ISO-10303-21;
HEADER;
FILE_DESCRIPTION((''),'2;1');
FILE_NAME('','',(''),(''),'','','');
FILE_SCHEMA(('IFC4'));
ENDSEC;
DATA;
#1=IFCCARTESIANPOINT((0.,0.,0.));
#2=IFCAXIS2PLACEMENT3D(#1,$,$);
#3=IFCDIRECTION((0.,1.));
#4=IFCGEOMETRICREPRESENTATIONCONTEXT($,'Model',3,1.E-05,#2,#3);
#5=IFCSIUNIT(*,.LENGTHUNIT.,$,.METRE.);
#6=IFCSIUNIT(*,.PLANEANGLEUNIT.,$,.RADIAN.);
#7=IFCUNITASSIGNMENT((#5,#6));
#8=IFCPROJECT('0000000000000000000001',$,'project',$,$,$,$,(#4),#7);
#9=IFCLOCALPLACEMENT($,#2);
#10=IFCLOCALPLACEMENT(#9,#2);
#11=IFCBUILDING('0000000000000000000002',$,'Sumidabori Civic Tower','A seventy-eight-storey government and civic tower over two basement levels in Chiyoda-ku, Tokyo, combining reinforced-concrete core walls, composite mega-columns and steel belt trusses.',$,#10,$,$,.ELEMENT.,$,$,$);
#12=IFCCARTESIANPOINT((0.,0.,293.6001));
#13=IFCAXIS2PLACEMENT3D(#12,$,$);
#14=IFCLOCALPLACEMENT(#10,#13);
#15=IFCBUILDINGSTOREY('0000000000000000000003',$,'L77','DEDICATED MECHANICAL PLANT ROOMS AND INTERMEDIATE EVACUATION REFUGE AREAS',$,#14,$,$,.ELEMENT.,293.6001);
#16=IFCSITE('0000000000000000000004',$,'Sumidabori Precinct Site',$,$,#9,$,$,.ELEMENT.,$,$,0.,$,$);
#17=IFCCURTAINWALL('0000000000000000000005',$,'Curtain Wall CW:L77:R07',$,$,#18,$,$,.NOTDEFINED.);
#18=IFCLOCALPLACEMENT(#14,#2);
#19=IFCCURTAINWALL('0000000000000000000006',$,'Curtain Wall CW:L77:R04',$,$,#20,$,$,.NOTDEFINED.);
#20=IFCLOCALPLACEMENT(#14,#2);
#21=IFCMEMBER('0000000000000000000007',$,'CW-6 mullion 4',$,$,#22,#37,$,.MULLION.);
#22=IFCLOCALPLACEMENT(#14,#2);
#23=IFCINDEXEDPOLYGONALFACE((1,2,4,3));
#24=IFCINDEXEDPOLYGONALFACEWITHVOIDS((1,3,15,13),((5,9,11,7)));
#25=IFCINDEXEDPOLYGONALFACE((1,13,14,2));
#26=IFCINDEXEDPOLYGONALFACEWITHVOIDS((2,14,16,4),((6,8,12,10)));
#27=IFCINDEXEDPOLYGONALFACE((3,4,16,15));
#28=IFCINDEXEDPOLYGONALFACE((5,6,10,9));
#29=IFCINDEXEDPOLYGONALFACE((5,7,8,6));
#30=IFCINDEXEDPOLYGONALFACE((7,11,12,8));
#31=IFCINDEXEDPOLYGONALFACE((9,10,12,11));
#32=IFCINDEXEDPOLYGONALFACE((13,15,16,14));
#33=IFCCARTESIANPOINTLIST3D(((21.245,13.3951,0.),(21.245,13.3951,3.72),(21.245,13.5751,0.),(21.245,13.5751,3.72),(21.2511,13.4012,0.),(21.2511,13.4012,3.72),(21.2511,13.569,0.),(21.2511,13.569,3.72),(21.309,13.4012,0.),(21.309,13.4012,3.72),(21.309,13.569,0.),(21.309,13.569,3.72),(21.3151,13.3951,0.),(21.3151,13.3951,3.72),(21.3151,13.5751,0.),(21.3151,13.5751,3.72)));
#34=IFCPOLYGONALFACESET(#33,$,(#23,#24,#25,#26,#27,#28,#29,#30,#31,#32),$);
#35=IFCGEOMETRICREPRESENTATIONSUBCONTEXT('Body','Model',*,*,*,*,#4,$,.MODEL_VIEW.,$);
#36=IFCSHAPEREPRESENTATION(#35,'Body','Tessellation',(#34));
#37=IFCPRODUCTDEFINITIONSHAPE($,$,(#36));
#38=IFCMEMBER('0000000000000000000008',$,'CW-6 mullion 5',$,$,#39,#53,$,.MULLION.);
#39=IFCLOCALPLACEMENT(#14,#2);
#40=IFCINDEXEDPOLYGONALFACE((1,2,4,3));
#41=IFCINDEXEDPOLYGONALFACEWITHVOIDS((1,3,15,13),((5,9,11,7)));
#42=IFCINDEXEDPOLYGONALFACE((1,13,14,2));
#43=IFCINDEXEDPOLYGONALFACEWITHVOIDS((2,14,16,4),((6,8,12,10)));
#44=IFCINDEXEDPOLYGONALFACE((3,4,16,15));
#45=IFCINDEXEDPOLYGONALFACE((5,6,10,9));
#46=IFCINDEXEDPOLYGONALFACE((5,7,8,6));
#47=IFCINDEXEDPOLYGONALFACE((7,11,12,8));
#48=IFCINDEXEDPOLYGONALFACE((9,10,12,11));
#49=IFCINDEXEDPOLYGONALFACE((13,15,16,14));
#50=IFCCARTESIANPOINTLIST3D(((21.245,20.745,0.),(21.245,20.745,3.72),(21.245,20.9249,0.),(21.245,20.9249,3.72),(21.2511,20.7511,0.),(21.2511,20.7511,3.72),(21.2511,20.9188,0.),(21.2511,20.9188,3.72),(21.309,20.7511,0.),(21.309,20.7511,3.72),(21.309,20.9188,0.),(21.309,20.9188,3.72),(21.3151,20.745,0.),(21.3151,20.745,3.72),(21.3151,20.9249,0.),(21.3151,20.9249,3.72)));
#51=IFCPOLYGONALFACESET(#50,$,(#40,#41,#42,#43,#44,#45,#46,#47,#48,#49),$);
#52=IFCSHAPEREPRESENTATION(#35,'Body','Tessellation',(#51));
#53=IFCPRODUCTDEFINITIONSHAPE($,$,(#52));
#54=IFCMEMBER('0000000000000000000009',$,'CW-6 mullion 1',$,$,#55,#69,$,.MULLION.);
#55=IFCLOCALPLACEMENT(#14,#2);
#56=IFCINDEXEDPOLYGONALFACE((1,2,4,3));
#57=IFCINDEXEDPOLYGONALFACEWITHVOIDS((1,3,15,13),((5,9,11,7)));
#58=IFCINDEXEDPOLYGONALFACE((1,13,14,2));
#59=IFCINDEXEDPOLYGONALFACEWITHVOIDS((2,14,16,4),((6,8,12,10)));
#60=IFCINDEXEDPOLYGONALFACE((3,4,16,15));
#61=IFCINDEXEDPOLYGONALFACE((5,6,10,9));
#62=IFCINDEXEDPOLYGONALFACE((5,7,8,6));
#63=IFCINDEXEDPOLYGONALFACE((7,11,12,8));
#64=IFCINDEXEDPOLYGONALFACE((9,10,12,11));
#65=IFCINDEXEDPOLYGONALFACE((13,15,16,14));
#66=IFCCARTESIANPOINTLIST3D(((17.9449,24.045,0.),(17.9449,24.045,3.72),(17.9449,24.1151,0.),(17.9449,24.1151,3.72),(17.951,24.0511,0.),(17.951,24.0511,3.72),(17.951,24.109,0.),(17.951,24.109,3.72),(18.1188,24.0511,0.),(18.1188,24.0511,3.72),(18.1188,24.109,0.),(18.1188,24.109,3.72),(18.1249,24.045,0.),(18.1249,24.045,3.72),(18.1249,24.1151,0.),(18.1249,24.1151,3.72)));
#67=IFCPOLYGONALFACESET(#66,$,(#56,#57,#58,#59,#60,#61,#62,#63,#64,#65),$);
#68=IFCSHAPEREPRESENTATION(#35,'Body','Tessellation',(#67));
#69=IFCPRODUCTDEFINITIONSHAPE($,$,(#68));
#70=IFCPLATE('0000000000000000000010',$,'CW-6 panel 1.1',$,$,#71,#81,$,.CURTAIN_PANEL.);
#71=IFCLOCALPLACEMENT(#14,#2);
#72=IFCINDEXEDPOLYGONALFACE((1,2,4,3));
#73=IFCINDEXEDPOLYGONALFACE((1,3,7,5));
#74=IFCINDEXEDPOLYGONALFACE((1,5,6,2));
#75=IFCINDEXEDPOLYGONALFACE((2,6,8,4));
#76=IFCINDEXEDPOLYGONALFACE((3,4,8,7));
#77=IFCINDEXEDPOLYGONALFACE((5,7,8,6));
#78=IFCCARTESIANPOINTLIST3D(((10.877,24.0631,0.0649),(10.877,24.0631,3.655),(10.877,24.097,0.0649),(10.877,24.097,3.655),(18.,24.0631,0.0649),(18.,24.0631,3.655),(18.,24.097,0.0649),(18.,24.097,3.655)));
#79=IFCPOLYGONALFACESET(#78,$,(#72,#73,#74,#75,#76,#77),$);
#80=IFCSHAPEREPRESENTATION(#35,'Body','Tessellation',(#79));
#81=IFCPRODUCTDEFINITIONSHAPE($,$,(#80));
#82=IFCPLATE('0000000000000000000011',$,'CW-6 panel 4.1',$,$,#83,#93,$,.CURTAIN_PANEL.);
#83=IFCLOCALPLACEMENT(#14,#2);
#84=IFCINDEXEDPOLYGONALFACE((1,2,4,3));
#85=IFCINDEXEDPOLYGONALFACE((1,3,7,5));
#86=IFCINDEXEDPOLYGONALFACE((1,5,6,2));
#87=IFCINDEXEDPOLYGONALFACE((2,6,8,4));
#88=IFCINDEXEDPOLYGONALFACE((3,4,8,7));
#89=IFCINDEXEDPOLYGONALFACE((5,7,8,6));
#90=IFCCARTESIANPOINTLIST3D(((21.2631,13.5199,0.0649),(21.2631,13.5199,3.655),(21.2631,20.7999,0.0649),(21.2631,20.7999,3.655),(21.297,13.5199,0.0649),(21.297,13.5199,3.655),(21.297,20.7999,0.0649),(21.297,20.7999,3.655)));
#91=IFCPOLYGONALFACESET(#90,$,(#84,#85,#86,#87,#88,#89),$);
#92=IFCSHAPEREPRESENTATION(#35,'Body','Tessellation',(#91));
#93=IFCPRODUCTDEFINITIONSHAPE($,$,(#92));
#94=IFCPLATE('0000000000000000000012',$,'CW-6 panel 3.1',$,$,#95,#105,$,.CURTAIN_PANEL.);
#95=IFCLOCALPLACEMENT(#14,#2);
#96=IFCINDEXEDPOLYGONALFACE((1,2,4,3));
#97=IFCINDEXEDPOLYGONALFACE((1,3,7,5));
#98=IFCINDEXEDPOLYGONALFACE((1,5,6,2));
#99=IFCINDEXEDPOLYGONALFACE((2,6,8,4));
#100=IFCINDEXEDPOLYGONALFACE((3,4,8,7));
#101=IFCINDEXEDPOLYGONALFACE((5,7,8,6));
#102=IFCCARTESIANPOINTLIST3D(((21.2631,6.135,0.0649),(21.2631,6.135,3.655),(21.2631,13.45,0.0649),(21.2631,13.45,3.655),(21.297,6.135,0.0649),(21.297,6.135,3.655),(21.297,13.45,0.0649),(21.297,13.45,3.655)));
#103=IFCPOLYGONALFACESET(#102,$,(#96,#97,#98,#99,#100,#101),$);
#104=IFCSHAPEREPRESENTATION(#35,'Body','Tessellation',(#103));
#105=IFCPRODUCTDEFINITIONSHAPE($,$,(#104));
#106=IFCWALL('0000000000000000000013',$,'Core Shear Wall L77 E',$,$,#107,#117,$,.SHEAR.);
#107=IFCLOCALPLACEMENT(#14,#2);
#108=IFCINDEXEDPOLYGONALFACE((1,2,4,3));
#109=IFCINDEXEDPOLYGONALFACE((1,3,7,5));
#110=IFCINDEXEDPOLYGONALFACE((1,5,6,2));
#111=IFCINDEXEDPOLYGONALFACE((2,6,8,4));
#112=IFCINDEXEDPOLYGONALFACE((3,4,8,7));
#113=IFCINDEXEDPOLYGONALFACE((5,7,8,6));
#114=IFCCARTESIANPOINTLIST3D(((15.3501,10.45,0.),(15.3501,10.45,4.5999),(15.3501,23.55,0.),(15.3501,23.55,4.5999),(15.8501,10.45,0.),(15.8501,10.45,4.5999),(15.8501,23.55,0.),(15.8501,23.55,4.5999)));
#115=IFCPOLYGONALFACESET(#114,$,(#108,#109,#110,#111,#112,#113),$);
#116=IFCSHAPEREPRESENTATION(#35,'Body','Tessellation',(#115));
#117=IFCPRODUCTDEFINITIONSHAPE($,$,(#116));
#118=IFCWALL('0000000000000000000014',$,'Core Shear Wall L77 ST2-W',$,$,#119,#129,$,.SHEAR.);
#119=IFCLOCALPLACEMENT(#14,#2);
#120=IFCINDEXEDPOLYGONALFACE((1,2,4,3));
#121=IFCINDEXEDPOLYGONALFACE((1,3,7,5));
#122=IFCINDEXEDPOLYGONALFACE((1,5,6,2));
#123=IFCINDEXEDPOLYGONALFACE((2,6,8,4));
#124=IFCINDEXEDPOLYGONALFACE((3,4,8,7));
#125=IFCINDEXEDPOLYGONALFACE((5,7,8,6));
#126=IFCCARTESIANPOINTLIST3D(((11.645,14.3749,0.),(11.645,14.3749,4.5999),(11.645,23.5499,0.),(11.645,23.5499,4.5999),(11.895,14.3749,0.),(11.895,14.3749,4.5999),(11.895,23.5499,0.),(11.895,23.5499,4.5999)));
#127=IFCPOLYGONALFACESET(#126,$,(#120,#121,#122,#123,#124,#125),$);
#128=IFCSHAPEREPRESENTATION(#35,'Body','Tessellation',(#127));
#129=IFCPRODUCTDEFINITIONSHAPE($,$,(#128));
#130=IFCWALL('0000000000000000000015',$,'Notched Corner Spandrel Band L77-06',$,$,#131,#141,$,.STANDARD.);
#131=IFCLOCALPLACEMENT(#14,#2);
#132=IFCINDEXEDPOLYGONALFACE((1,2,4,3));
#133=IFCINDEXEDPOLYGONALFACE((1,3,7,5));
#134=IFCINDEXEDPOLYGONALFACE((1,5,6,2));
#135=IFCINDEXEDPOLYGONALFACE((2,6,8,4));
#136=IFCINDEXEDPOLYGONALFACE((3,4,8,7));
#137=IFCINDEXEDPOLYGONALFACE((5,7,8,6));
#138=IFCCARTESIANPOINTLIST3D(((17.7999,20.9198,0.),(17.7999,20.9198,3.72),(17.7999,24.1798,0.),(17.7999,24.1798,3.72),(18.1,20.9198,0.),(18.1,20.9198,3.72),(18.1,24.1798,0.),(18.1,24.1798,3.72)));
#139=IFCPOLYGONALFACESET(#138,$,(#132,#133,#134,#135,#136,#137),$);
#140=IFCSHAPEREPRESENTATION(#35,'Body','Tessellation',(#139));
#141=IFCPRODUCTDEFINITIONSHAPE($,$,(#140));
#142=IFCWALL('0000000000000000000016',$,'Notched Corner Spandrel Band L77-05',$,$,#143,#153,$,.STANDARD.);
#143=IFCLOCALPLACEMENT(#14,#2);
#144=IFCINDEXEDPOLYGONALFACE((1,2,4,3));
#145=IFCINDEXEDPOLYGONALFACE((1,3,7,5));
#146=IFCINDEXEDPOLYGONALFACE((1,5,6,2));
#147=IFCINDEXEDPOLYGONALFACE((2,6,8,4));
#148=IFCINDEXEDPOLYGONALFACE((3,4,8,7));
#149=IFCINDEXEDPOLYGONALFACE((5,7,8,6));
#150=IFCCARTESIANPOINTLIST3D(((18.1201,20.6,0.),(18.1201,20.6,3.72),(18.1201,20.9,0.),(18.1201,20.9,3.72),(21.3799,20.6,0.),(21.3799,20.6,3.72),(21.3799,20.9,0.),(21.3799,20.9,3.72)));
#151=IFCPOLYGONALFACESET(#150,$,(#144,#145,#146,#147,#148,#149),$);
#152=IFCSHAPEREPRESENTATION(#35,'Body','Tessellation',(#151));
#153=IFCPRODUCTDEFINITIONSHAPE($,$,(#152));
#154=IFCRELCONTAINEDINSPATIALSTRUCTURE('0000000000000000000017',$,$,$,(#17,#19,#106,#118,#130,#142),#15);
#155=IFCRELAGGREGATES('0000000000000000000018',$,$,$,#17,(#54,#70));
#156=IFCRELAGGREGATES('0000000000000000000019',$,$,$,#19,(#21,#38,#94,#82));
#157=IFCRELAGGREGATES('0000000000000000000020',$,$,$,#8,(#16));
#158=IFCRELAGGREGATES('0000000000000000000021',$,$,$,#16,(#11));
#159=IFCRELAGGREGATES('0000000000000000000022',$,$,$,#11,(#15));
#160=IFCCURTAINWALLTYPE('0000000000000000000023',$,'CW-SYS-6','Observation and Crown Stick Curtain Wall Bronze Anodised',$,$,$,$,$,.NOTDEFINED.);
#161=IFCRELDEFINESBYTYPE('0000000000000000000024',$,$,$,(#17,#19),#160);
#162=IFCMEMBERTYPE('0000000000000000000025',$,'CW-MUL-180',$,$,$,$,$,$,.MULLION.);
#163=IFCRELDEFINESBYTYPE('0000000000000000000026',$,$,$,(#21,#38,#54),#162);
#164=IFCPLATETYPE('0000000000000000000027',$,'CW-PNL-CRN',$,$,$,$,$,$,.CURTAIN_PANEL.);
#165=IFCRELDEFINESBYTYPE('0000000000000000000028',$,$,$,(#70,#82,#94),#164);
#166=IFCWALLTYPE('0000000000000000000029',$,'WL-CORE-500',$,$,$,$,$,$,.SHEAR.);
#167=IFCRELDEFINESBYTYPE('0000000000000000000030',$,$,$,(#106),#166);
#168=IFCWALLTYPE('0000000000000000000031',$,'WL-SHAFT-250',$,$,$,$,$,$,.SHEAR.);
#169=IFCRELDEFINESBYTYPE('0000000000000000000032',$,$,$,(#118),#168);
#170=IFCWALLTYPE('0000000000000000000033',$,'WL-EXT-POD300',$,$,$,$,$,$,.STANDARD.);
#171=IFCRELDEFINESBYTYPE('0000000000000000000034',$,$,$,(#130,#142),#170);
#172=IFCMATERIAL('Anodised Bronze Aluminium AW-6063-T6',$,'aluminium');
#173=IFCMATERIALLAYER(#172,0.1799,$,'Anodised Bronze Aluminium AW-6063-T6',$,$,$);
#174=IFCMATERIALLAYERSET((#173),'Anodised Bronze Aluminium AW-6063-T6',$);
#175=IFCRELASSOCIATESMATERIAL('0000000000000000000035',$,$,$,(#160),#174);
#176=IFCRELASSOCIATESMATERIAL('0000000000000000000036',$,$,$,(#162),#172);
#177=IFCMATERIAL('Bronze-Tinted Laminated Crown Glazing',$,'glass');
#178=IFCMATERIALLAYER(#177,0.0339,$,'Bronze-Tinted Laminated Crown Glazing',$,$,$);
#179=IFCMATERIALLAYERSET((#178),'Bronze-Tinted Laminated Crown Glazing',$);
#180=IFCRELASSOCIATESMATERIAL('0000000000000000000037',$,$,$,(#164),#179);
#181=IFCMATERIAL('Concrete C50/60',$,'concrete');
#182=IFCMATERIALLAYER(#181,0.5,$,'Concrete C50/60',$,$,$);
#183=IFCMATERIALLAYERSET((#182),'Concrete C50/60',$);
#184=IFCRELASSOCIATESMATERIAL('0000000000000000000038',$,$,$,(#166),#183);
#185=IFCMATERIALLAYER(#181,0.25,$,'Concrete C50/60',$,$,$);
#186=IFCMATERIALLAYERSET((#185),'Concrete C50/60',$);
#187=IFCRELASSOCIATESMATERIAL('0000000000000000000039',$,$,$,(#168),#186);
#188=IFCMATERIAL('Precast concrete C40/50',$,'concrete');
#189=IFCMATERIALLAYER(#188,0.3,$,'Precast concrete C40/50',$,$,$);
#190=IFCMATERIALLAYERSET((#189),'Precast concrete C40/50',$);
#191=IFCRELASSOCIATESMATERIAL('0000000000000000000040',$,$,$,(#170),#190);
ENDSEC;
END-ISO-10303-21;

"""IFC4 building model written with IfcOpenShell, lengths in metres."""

from ifc_helpers import new_model, si_unit, direction, frame, frame_2d, origin, origin_2d, place, context, subcontext, project, spatial, rectangle, hollow_rectangle, extrude, source, transform, mapped, material, layer, layer_set, material_profile, profile_set, type_object, element, aggregate, save


model = new_model("IFC4")

# Units and contexts
model_context = context("Model", 3, precision=1e-05, world=origin(), true_north=direction((0.0, 1.0)))
body_context = subcontext(model_context, "Body", "Model", "MODEL_VIEW")
ifc_project = project(units=[si_unit("LENGTHUNIT", "METRE"), si_unit("PLANEANGLEUNIT", "RADIAN")], contexts=[model_context])

# Site, building, storey
site_placement = place(None, origin())
site = spatial("IfcSite", under=ifc_project, at=site_placement, Name="Sumidabori Precinct Site", CompositionType="ELEMENT", RefElevation=0.0)
building_placement = place(site_placement, origin())
building = spatial("IfcBuilding", under=site, at=building_placement, Name="Sumidabori Civic Tower", Description="A seventy-eight-storey government and civic tower over two basement levels in Chiyoda-ku, Tokyo, combining reinforced-concrete core walls, composite mega-columns and steel belt trusses.", CompositionType="ELEMENT")
storey_placement = place(building_placement, frame((0.0, 0.0, 293.6001)))
storey = spatial("IfcBuildingStorey", under=building, at=storey_placement, Name="L77", Description="DEDICATED MECHANICAL PLANT ROOMS AND INTERMEDIATE EVACUATION REFUGE AREAS", CompositionType="ELEMENT", Elevation=293.6001)

# Shared definitions
ifc_material_1 = material(Name="Concrete C50/60", Category="concrete")

# Curtain walls, members
ifc_material_2 = material(Name="Anodised Bronze Aluminium AW-6063-T6", Category="aluminium")
ifc_layer_1 = layer(ifc_material_2, 0.1799, Name="Anodised Bronze Aluminium AW-6063-T6")
ifc_layer_set_1 = layer_set([ifc_layer_1], Name="Anodised Bronze Aluminium AW-6063-T6")
curtain_wall_type = type_object("IfcCurtainWallType", Name="CW-SYS-6", Description="Observation and Crown Stick Curtain Wall Bronze Anodised", PredefinedType="NOTDEFINED", material=ifc_layer_set_1)
curtain_wall_1_placement = place(storey_placement, origin())
curtain_wall_1 = element("IfcCurtainWall", 1, at=curtain_wall_1_placement, inside=storey, type_object=curtain_wall_type, Name="Curtain Wall CW:L77:R07", PredefinedType="NOTDEFINED")
curtain_wall_2_placement = place(storey_placement, origin())
curtain_wall_2 = element("IfcCurtainWall", 2, at=curtain_wall_2_placement, inside=storey, type_object=curtain_wall_type, Name="Curtain Wall CW:L77:R04", PredefinedType="NOTDEFINED")
ifc_material_profile_1 = material_profile(ifc_material_2, hollow_rectangle(XDim=0.0701, YDim=0.1799, WallThickness=0.0061, at=origin_2d()), Name="ALU MULLION 180x70")
ifc_profile_set_1 = profile_set([ifc_material_profile_1], Name="Anodised Bronze Aluminium AW-6063-T6")
member_type_1 = type_object("IfcMemberType", Name="CW-MUL-180", PredefinedType="MULLION", material=ifc_profile_set_1)
shared_shape_1 = source(origin(), body_context, "Body", "SweptSolid", [
    extrude(hollow_rectangle(XDim=0.0701, YDim=0.1799, WallThickness=0.0061, at=origin_2d()), origin(), (0.0, 0.0, 1.0), 3.72),
])
member_1_placement = place(storey_placement, frame((21.28, 13.4851, 0.0), z_axis=(0.0, 0.0, 1.0), x_axis=(-1.0, 0.0, 0.0)))
member_1 = element("IfcMember", 3, at=member_1_placement, type_object=member_type_1, Name="CW-6 mullion 4", PredefinedType="MULLION", context=body_context, shape_type="MappedRepresentation", body=[
    mapped(shared_shape_1, transform((0.0, 0.0, 0.0), x_axis=(1.0, 0.0, 0.0), y_axis=(0.0, 1.0, 0.0), z_axis=(0.0, 0.0, 1.0), scale=1.0)),
])
member_2_placement = place(storey_placement, frame((21.28, 20.835, 0.0), z_axis=(0.0, 0.0, 1.0), x_axis=(-1.0, 0.0, 0.0)))
member_2 = element("IfcMember", 4, at=member_2_placement, type_object=member_type_1, Name="CW-6 mullion 5", PredefinedType="MULLION", context=body_context, shape_type="MappedRepresentation", body=[
    mapped(shared_shape_1, transform((0.0, 0.0, 0.0), x_axis=(1.0, 0.0, 0.0), y_axis=(0.0, 1.0, 0.0), z_axis=(0.0, 0.0, 1.0), scale=1.0)),
])

# Member
member_3_placement = place(storey_placement, frame((18.0349, 24.0801, 0.0), z_axis=(0.0, 0.0, 1.0), x_axis=(0.0, -1.0, 0.0)))
member_3 = element("IfcMember", 5, at=member_3_placement, type_object=member_type_1, Name="CW-6 mullion 1", PredefinedType="MULLION", context=body_context, shape_type="MappedRepresentation", body=[
    mapped(shared_shape_1, transform((0.0, 0.0, 0.0), x_axis=(1.0, 0.0, 0.0), y_axis=(0.0, 1.0, 0.0), z_axis=(0.0, 0.0, 1.0), scale=1.0)),
])

# Plates
ifc_material_3 = material(Name="Bronze-Tinted Laminated Crown Glazing", Category="glass")
ifc_layer_2 = layer(ifc_material_3, 0.0339, Name="Bronze-Tinted Laminated Crown Glazing")
ifc_layer_set_2 = layer_set([ifc_layer_2], Name="Bronze-Tinted Laminated Crown Glazing")
plate_type = type_object("IfcPlateType", Name="CW-PNL-CRN", PredefinedType="CURTAIN_PANEL", material=ifc_layer_set_2)
shared_shape_2 = source(origin(), body_context, "Body", "SweptSolid", [
    extrude(rectangle(XDim=7.123, YDim=0.0339, at=origin_2d()), origin(), (0.0, 0.0, 1.0), 3.5901),
])
plate_1_placement = place(storey_placement, frame((14.4385, 24.0801, 0.0649), z_axis=(0.0, 0.0, 1.0), x_axis=(-1.0, 0.0, 0.0)))
plate_1 = element("IfcPlate", 6, at=plate_1_placement, type_object=plate_type, Name="CW-6 panel 1.1", PredefinedType="CURTAIN_PANEL", context=body_context, shape_type="MappedRepresentation", body=[
    mapped(shared_shape_2, transform((0.0, 0.0, 0.0), x_axis=(1.0, 0.0, 0.0), y_axis=(0.0, 1.0, 0.0), z_axis=(0.0, 0.0, 1.0), scale=1.0)),
])
aggregate(curtain_wall_1, [member_3, plate_1])
shared_shape_3 = source(origin(), body_context, "Body", "SweptSolid", [
    extrude(rectangle(XDim=7.28, YDim=0.0339, at=origin_2d()), origin(), (0.0, 0.0, 1.0), 3.5901),
])
plate_2_placement = place(storey_placement, frame((21.28, 17.1599, 0.0649), z_axis=(0.0, 0.0, 1.0), x_axis=(0.0, 1.0, 0.0)))
plate_2 = element("IfcPlate", 7, at=plate_2_placement, type_object=plate_type, Name="CW-6 panel 4.1", PredefinedType="CURTAIN_PANEL", context=body_context, shape_type="MappedRepresentation", body=[
    mapped(shared_shape_3, transform((0.0, 0.0, 0.0), x_axis=(1.0, 0.0, 0.0), y_axis=(0.0, 1.0, 0.0), z_axis=(0.0, 0.0, 1.0), scale=1.0)),
])
shared_shape_4 = source(origin(), body_context, "Body", "SweptSolid", [
    extrude(rectangle(XDim=7.3149, YDim=0.0339, at=origin_2d()), origin(), (0.0, 0.0, 1.0), 3.5901),
])
plate_3_placement = place(storey_placement, frame((21.28, 9.7925, 0.0649), z_axis=(0.0, 0.0, 1.0), x_axis=(0.0, 1.0, 0.0)))
plate_3 = element("IfcPlate", 8, at=plate_3_placement, type_object=plate_type, Name="CW-6 panel 3.1", PredefinedType="CURTAIN_PANEL", context=body_context, shape_type="MappedRepresentation", body=[
    mapped(shared_shape_4, transform((0.0, 0.0, 0.0), x_axis=(1.0, 0.0, 0.0), y_axis=(0.0, 1.0, 0.0), z_axis=(0.0, 0.0, 1.0), scale=1.0)),
])
aggregate(curtain_wall_2, [member_1, member_2, plate_3, plate_2])

# Walls
ifc_layer_3 = layer(ifc_material_1, 0.5, Name="Concrete C50/60")
ifc_layer_set_3 = layer_set([ifc_layer_3], Name="Concrete C50/60")
wall_type_1 = type_object("IfcWallType", Name="WL-CORE-500", PredefinedType="SHEAR", material=ifc_layer_set_3)
shared_shape_5 = source(origin(), body_context, "Body", "SweptSolid", [
    extrude(rectangle(XDim=13.1001, YDim=0.5, at=frame_2d((6.55, 0.0))), origin(), (0.0, 0.0, 1.0), 4.5999),
])
wall_1_placement = place(storey_placement, frame((15.6001, 10.45, 0.0), z_axis=(0.0, 0.0, 1.0), x_axis=(0.0, 1.0, 0.0)))
element("IfcWall", 9, at=wall_1_placement, inside=storey, type_object=wall_type_1, Name="Core Shear Wall L77 E", PredefinedType="SHEAR", context=body_context, shape_type="MappedRepresentation", body=[
    mapped(shared_shape_5, transform((0.0, 0.0, 0.0), x_axis=(1.0, 0.0, 0.0), y_axis=(0.0, 1.0, 0.0), z_axis=(0.0, 0.0, 1.0), scale=1.0)),
])
ifc_layer_4 = layer(ifc_material_1, 0.25, Name="Concrete C50/60")
ifc_layer_set_4 = layer_set([ifc_layer_4], Name="Concrete C50/60")
wall_type_2 = type_object("IfcWallType", Name="WL-SHAFT-250", PredefinedType="SHEAR", material=ifc_layer_set_4)
shared_shape_6 = source(origin(), body_context, "Body", "SweptSolid", [
    extrude(rectangle(XDim=9.175, YDim=0.25, at=frame_2d((4.5874, 0.0))), origin(), (0.0, 0.0, 1.0), 4.5999),
])
wall_2_placement = place(storey_placement, frame((11.77, 14.375, 0.0), z_axis=(0.0, 0.0, 1.0), x_axis=(0.0, 1.0, 0.0)))
element("IfcWall", 10, at=wall_2_placement, inside=storey, type_object=wall_type_2, Name="Core Shear Wall L77 ST2-W", PredefinedType="SHEAR", context=body_context, shape_type="MappedRepresentation", body=[
    mapped(shared_shape_6, transform((0.0, 0.0, 0.0), x_axis=(1.0, 0.0, 0.0), y_axis=(0.0, 1.0, 0.0), z_axis=(0.0, 0.0, 1.0), scale=1.0)),
])
ifc_material_4 = material(Name="Precast concrete C40/50", Category="concrete")
ifc_layer_5 = layer(ifc_material_4, 0.3, Name="Precast concrete C40/50")
ifc_layer_set_5 = layer_set([ifc_layer_5], Name="Precast concrete C40/50")
wall_type_3 = type_object("IfcWallType", Name="WL-EXT-POD300", PredefinedType="STANDARD", material=ifc_layer_set_5)
shared_shape_7 = source(origin(), body_context, "Body", "SweptSolid", [
    extrude(rectangle(XDim=3.26, YDim=0.3, at=frame_2d((1.6299, 0.0))), origin(), (0.0, 0.0, 1.0), 3.72),
])
wall_3_placement = place(storey_placement, frame((17.95, 20.9199, 0.0), z_axis=(0.0, 0.0, 1.0), x_axis=(0.0, 1.0, 0.0)))
element("IfcWall", 11, at=wall_3_placement, inside=storey, type_object=wall_type_3, Name="Notched Corner Spandrel Band L77-06", PredefinedType="STANDARD", context=body_context, shape_type="MappedRepresentation", body=[
    mapped(shared_shape_7, transform((0.0, 0.0, 0.0), x_axis=(1.0, 0.0, 0.0), y_axis=(0.0, 1.0, 0.0), z_axis=(0.0, 0.0, 1.0), scale=1.0)),
])
shared_shape_8 = source(origin(), body_context, "Body", "SweptSolid", [
    extrude(rectangle(XDim=3.2598, YDim=0.3, at=frame_2d((1.6299, 0.0))), origin(), (0.0, 0.0, 1.0), 3.72),
])
wall_4_placement = place(storey_placement, frame((21.3799, 20.75, 0.0), z_axis=(0.0, 0.0, 1.0), x_axis=(-1.0, 0.0, 0.0)))
element("IfcWall", 12, at=wall_4_placement, inside=storey, type_object=wall_type_3, Name="Notched Corner Spandrel Band L77-05", PredefinedType="STANDARD", context=body_context, shape_type="MappedRepresentation", body=[
    mapped(shared_shape_8, transform((0.0, 0.0, 0.0), x_axis=(1.0, 0.0, 0.0), y_axis=(0.0, 1.0, 0.0), z_axis=(0.0, 0.0, 1.0), scale=1.0)),
])

save(model, "model.ifc")
